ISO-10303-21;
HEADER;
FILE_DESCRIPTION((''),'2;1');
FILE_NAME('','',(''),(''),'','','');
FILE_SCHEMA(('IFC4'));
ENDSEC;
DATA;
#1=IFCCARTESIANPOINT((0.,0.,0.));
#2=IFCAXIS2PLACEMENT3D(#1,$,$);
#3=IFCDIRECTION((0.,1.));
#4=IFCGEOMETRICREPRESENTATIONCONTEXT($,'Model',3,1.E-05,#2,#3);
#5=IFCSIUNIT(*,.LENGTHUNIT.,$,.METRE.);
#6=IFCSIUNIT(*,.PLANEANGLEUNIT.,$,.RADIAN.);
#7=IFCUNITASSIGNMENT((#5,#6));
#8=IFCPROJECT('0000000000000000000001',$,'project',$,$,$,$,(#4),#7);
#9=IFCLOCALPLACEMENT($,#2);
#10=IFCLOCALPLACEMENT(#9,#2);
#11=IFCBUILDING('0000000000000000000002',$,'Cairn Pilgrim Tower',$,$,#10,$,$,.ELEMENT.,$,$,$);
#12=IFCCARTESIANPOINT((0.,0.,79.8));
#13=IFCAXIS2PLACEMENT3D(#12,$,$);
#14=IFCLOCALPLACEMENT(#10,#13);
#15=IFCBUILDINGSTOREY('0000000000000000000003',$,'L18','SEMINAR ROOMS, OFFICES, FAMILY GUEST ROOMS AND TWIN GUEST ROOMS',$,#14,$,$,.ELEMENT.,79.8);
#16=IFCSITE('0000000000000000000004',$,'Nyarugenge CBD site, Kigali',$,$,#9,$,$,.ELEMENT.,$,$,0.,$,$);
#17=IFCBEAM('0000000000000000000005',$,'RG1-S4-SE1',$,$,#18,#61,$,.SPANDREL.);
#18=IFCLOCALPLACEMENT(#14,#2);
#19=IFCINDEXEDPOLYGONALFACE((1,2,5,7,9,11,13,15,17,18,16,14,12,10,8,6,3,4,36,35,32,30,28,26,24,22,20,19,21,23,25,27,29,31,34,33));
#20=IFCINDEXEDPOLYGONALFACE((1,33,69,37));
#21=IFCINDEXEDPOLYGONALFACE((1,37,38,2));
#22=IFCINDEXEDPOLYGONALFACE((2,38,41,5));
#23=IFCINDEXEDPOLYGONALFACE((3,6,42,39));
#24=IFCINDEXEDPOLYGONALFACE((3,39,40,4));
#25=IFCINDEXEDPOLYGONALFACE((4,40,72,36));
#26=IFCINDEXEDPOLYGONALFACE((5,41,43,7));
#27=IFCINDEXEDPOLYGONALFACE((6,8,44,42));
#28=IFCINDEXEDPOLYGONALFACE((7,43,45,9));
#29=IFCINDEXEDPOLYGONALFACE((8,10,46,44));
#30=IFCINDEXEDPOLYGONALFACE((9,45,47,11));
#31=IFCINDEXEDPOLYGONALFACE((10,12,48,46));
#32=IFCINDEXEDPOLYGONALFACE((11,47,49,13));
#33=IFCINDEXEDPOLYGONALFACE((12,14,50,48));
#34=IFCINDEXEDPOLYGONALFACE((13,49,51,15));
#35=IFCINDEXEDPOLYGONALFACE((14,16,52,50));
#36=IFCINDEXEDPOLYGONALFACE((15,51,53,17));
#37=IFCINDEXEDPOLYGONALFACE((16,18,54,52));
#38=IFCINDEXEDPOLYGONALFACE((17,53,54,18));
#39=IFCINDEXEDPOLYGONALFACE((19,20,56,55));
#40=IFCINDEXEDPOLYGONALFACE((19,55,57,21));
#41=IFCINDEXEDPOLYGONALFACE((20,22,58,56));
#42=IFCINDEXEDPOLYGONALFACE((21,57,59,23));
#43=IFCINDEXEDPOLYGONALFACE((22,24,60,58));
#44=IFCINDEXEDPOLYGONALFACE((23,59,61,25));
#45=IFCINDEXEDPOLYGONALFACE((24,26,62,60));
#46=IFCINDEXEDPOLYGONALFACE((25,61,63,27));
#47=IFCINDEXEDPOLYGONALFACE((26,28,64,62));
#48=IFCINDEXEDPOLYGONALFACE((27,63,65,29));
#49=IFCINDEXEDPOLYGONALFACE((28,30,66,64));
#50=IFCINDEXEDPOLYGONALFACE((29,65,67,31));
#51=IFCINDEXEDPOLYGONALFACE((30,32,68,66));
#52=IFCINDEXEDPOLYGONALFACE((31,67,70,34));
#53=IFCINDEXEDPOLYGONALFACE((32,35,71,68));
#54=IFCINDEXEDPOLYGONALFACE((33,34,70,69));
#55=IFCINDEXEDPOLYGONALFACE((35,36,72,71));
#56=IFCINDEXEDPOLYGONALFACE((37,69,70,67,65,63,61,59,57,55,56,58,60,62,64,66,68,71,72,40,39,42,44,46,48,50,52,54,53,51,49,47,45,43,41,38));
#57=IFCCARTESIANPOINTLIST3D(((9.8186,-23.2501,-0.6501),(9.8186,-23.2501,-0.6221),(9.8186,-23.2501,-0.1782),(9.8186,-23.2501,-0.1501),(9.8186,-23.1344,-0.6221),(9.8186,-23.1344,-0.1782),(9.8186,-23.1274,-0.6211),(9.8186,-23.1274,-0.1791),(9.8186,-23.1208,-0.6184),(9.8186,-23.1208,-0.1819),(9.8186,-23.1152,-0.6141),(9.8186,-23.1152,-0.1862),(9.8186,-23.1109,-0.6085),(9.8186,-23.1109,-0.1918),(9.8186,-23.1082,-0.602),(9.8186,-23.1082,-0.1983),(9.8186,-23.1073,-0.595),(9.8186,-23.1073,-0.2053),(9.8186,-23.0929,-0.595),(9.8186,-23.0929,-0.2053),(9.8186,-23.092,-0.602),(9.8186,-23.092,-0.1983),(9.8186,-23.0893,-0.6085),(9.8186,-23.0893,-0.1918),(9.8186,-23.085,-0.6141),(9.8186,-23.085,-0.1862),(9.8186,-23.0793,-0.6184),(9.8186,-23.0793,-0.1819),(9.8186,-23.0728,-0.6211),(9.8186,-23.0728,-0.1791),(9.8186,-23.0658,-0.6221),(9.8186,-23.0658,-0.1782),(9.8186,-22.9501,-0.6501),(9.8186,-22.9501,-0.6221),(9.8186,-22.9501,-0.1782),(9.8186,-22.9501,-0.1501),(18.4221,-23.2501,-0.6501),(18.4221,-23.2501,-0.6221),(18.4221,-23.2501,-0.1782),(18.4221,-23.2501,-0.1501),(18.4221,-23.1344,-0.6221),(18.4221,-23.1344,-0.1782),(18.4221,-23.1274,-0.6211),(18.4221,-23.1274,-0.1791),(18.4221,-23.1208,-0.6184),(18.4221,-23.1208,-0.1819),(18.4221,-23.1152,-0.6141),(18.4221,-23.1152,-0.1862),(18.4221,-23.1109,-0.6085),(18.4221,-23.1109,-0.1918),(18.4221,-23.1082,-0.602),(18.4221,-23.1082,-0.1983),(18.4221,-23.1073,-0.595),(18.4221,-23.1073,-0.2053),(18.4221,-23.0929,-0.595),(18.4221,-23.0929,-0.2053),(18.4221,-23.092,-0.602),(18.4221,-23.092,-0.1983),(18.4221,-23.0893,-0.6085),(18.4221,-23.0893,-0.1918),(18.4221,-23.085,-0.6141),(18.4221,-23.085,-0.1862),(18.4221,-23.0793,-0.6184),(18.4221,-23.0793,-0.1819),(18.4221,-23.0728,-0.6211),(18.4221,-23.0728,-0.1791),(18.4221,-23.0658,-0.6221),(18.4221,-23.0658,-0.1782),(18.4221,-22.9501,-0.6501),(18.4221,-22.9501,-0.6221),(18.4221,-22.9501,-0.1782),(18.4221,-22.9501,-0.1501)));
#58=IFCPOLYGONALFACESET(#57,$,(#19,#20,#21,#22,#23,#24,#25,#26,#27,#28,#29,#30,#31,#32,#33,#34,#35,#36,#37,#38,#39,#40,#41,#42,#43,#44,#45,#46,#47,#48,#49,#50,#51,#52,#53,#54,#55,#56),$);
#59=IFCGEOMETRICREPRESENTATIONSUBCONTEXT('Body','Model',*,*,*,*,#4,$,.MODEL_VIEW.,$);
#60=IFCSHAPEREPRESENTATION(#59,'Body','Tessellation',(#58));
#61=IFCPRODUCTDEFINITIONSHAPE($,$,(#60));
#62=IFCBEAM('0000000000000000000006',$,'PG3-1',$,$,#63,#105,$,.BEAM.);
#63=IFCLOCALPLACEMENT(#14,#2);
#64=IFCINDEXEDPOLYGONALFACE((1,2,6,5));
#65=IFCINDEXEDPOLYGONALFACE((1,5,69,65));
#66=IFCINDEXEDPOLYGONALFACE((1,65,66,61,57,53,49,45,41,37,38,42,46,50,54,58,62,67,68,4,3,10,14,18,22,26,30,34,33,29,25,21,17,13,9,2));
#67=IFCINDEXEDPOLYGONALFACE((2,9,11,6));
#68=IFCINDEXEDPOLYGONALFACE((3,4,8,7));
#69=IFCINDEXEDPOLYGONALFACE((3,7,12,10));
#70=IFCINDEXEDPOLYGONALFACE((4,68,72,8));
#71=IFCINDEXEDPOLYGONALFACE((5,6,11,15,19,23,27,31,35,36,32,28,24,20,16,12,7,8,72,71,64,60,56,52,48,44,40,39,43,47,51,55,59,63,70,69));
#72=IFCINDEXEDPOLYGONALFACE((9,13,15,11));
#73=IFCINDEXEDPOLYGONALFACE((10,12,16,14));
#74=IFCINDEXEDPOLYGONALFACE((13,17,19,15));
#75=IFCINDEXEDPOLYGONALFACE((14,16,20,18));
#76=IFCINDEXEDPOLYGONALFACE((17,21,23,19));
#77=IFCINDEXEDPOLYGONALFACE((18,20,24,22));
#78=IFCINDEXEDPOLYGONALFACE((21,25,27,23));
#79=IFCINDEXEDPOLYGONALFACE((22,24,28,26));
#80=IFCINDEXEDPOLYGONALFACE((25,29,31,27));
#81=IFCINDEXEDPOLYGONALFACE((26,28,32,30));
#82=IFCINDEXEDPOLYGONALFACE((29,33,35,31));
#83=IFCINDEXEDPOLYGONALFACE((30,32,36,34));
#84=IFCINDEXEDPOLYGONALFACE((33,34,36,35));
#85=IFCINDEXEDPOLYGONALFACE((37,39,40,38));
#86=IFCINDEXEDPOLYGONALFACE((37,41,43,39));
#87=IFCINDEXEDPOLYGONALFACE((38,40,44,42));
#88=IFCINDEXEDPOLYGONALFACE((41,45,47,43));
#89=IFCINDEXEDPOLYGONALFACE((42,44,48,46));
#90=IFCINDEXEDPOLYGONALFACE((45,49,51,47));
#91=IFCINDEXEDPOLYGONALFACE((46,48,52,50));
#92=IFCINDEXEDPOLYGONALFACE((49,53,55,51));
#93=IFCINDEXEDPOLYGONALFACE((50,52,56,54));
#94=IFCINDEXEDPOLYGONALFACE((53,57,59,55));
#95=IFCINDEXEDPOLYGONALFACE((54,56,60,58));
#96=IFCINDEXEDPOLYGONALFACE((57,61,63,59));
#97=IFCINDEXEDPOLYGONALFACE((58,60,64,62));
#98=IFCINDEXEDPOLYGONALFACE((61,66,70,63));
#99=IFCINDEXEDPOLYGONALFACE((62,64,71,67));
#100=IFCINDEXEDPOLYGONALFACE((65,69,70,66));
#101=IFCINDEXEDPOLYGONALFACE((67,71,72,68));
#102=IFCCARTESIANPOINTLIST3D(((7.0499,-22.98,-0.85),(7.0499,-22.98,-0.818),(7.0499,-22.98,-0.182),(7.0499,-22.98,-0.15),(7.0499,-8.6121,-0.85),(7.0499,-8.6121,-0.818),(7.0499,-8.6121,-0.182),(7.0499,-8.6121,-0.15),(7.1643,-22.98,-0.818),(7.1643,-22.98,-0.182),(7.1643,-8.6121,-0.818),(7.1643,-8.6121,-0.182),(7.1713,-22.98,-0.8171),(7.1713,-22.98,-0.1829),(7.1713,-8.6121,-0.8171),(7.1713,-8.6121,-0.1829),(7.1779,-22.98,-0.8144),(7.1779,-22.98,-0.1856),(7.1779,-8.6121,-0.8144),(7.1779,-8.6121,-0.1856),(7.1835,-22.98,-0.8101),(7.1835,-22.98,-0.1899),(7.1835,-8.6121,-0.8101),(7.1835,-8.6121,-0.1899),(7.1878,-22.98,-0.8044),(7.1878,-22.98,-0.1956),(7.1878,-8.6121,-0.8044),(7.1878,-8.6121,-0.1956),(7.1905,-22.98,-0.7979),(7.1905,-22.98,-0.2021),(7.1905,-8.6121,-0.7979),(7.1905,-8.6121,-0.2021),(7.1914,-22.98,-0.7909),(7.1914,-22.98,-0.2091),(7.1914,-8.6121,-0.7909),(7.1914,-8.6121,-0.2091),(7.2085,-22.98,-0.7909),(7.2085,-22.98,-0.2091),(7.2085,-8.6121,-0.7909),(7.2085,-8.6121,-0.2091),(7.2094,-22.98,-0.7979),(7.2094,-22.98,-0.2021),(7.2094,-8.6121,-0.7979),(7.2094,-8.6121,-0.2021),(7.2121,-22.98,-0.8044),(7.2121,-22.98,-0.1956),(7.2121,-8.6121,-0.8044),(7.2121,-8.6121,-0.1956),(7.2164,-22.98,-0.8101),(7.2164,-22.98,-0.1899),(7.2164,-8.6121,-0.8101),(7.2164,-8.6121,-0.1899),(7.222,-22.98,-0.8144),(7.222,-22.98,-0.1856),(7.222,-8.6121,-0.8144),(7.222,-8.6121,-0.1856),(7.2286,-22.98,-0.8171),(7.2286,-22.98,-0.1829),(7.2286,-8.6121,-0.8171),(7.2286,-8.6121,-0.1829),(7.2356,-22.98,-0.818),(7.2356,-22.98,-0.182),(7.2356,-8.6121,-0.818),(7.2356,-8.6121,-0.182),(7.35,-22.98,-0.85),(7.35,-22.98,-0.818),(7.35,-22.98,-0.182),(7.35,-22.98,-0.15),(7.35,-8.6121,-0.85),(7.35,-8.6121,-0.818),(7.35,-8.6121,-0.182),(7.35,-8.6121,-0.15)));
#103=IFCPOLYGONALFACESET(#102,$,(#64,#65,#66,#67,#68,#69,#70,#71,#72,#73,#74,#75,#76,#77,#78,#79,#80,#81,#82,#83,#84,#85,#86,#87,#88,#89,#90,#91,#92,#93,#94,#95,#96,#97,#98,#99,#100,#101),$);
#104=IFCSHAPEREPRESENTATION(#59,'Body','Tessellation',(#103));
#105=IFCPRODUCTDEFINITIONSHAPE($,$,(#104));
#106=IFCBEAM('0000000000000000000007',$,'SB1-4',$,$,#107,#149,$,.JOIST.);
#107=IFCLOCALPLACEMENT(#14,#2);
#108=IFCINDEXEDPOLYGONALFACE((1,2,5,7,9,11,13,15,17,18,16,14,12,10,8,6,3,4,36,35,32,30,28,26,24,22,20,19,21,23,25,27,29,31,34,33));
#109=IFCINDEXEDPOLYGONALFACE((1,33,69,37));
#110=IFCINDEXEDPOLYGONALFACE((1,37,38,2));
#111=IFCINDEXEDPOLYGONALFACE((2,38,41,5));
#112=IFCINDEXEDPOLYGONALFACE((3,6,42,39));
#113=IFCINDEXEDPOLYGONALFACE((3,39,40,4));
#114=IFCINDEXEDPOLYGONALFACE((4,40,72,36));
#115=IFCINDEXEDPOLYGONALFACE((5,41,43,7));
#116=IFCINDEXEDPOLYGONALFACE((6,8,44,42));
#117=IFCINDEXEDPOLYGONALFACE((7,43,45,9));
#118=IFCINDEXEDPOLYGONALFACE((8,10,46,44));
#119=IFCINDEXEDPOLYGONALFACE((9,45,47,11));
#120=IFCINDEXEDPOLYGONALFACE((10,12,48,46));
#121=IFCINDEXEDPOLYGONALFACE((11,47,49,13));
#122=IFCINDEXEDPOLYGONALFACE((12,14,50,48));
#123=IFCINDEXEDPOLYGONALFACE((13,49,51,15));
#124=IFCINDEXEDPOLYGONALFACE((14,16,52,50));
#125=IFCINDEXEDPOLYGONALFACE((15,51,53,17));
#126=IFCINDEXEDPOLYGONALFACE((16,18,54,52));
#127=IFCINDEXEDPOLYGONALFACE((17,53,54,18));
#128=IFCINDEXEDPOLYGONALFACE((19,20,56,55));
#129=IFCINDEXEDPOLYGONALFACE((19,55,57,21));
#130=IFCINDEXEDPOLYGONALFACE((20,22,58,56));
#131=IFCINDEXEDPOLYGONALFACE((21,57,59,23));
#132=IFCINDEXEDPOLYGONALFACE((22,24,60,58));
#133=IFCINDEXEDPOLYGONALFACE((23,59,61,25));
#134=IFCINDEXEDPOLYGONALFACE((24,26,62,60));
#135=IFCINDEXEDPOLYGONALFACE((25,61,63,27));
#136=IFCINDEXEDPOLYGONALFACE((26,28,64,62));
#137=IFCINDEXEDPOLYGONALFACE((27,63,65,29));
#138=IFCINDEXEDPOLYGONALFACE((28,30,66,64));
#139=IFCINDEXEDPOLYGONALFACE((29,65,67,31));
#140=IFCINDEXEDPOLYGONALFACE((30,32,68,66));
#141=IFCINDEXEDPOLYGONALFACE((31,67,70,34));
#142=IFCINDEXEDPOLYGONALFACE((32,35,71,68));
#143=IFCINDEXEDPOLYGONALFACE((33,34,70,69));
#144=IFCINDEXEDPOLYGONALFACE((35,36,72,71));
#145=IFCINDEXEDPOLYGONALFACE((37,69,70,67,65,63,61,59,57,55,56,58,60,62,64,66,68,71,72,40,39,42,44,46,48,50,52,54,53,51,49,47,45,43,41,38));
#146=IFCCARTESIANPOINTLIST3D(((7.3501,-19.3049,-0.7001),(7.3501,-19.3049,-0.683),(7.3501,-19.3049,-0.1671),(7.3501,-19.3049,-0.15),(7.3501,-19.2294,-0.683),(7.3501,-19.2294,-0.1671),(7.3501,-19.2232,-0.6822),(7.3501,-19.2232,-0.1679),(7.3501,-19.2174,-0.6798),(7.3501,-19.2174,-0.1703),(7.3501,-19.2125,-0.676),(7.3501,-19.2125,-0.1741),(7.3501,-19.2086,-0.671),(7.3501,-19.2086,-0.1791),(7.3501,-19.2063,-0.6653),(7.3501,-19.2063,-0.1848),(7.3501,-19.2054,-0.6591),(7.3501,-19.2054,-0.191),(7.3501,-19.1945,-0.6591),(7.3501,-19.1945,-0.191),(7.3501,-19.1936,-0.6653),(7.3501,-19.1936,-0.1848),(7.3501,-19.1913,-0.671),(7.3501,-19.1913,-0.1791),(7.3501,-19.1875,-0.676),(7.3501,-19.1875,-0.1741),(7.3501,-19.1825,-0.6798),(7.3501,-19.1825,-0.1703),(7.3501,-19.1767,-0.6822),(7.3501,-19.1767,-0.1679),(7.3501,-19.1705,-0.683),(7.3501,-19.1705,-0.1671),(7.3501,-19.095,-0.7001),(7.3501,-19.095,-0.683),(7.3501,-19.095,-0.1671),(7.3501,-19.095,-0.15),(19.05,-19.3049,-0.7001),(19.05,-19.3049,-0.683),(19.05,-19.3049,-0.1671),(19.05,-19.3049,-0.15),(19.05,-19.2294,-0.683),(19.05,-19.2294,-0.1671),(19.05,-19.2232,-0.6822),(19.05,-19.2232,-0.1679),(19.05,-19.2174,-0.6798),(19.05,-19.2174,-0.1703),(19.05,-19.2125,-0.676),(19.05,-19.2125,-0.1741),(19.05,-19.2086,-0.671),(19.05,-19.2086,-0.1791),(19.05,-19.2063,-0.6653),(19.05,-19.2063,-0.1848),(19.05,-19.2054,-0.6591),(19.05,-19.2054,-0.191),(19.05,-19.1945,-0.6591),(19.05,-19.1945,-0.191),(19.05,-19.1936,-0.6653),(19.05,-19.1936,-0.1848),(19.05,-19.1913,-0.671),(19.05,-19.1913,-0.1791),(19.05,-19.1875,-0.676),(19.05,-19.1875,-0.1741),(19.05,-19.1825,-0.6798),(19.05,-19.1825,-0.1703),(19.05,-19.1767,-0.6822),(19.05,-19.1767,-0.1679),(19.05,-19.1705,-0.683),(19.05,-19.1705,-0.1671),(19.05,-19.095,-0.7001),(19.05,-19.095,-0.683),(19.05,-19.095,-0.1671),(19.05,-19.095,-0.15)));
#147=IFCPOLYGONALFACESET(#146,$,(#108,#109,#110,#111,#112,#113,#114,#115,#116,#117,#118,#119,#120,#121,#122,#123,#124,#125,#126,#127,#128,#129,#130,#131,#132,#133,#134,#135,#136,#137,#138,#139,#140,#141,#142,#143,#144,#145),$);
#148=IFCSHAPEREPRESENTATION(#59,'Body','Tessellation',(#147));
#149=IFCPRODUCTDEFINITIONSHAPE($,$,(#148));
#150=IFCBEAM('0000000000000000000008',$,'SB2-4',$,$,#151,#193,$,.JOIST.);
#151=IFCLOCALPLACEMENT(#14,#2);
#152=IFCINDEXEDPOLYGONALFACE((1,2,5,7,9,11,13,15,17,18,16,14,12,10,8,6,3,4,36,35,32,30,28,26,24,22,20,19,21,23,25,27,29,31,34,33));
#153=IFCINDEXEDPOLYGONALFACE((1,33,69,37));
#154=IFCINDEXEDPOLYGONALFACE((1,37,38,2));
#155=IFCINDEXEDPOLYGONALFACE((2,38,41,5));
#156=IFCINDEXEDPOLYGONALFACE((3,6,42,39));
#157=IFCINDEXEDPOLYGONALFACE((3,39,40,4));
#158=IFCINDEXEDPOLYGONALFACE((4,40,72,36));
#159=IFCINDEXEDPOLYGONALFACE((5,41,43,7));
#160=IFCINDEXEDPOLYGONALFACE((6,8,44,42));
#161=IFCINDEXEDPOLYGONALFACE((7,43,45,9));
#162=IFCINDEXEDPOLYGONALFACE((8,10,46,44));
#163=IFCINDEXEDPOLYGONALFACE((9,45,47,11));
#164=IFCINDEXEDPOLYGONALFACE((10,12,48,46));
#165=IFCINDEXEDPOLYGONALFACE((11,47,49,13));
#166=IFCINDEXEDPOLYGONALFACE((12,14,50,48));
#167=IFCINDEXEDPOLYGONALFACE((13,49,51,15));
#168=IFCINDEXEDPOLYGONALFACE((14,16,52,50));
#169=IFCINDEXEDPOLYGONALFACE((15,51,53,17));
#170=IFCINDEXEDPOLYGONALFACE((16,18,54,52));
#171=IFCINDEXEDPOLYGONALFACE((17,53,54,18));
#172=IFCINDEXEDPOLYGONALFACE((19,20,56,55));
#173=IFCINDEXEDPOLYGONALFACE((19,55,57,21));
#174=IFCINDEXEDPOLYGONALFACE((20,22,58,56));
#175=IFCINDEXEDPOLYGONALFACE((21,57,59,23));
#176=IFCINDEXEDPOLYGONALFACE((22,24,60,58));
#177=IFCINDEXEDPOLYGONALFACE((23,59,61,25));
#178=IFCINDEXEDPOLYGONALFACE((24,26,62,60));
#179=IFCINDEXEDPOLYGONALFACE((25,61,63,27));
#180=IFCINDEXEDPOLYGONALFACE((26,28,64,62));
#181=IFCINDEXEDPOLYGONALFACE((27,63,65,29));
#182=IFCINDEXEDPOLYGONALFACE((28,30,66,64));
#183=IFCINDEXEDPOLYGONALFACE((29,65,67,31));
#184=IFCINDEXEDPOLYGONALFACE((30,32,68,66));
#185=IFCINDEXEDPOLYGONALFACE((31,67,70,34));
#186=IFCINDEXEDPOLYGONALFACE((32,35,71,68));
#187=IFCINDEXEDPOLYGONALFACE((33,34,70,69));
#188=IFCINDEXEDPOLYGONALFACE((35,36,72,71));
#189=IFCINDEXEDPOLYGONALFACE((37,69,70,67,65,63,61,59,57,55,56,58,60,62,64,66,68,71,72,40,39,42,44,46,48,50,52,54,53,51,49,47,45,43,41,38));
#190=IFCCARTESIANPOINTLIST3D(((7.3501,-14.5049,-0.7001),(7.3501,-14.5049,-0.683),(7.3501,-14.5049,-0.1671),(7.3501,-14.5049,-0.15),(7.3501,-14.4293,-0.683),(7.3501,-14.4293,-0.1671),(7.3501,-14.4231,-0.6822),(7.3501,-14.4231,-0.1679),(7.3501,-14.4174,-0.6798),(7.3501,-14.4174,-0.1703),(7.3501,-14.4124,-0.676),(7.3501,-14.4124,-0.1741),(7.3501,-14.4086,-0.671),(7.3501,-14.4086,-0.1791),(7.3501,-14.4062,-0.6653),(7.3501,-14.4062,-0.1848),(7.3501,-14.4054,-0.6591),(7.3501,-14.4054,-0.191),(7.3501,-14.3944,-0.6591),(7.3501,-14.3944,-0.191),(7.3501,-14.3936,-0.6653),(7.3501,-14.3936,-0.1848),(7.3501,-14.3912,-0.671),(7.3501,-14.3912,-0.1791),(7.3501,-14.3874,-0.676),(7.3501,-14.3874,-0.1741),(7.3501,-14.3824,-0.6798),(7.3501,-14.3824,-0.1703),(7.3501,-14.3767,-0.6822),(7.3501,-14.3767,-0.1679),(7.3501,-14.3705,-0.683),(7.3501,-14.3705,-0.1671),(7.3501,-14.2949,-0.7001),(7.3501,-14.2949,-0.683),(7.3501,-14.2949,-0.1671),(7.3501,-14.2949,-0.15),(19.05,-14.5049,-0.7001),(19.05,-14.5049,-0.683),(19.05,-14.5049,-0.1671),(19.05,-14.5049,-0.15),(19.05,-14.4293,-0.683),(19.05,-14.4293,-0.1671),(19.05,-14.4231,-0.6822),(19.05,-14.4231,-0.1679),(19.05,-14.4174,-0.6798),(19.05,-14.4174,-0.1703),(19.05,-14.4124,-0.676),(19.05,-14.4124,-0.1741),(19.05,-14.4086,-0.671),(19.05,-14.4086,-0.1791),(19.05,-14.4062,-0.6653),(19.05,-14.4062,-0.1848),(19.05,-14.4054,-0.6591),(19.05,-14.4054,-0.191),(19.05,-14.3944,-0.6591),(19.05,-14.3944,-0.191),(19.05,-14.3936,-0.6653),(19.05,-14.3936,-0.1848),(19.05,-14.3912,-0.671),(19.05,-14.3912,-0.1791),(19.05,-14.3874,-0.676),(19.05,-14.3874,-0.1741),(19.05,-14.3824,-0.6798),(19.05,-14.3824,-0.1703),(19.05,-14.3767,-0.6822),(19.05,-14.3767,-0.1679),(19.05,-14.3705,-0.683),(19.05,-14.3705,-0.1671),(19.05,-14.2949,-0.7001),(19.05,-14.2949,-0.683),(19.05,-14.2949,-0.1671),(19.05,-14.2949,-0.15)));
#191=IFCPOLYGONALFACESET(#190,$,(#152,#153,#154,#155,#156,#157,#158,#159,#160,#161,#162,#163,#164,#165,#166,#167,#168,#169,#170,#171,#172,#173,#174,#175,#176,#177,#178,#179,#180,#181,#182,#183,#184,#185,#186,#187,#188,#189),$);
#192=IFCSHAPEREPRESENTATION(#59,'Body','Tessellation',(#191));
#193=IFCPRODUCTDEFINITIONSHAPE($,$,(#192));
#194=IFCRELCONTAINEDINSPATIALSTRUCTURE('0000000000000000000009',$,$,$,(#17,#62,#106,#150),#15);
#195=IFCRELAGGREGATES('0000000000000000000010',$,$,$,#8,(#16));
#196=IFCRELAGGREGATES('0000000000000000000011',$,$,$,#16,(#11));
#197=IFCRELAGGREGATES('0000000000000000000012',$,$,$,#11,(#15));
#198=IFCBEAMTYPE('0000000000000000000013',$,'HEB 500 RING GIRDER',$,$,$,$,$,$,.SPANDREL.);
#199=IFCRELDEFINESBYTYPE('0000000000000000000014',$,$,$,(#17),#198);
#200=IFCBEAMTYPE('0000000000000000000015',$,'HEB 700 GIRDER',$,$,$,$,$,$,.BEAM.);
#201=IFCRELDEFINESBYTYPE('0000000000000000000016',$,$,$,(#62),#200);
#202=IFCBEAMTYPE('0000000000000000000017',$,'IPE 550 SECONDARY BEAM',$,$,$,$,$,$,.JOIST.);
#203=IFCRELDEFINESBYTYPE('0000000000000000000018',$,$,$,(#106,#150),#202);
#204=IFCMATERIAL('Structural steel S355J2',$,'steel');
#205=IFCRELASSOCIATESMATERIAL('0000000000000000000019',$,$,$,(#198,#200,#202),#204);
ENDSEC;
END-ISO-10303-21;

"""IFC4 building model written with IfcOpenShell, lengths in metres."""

from ifc_helpers import new_model, si_unit, direction, frame, origin, origin_2d, place, context, subcontext, project, spatial, i_section, extrude, material, material_profile, profile_set, type_object, element, save


model = new_model("IFC4")

# Units and contexts
model_context = context("Model", 3, precision=1e-05, world=origin(), true_north=direction((0.0, 1.0)))
body_context = subcontext(model_context, "Body", "Model", "MODEL_VIEW")
ifc_project = project(units=[si_unit("LENGTHUNIT", "METRE"), si_unit("PLANEANGLEUNIT", "RADIAN")], contexts=[model_context])

# Site, building, storey
site_placement = place(None, origin())
site = spatial("IfcSite", under=ifc_project, at=site_placement, Name="Nyarugenge CBD site, Kigali", CompositionType="ELEMENT", RefElevation=0.0)
building_placement = place(site_placement, origin())
building = spatial("IfcBuilding", under=site, at=building_placement, Name="Cairn Pilgrim Tower", CompositionType="ELEMENT")
storey_placement = place(building_placement, frame((0.0, 0.0, 79.8)))
storey = spatial("IfcBuildingStorey", under=building, at=storey_placement, Name="L18", Description="SEMINAR ROOMS, OFFICES, FAMILY GUEST ROOMS AND TWIN GUEST ROOMS", CompositionType="ELEMENT", Elevation=79.8)

# Beams
ifc_material_1 = material(Name="Structural steel S355J2", Category="steel")
ifc_material_profile_1 = material_profile(ifc_material_1, i_section(OverallWidth=0.3, OverallDepth=0.5, WebThickness=0.0144, FlangeThickness=0.0281, FilletRadius=0.0271, at=origin_2d()), Name="HEB 500")
ifc_profile_set_1 = profile_set([ifc_material_profile_1], Name="Structural steel S355J2")
beam_type_1 = type_object("IfcBeamType", Name="HEB 500 RING GIRDER", PredefinedType="SPANDREL", material=ifc_profile_set_1)
for number, where, z_axis, x_axis, name in (
    (1, (9.8186, -23.1001, -0.4001), (1.0, 0.0, 0.0), (0.0, 1.0, 0.0), "RG1-S4-SE1"),
):
    element("IfcBeam", number, at=place(storey_placement, frame(where, z_axis=z_axis, x_axis=x_axis)), inside=storey, type_object=beam_type_1, Name=name, PredefinedType="SPANDREL", context=body_context, shape_type="SweptSolid", body=[
        extrude(i_section(OverallWidth=0.3, OverallDepth=0.5, WebThickness=0.0144, FlangeThickness=0.0281, FilletRadius=0.0271, at=origin_2d()), origin(), (0.0, 0.0, 1.0), 8.6035),
    ])
ifc_material_profile_2 = material_profile(ifc_material_1, i_section(OverallWidth=0.3, OverallDepth=0.7, WebThickness=0.0171, FlangeThickness=0.032, FilletRadius=0.0271, at=origin_2d()), Name="HEB 700")
ifc_profile_set_2 = profile_set([ifc_material_profile_2], Name="Structural steel S355J2")
beam_type_2 = type_object("IfcBeamType", Name="HEB 700 GIRDER", PredefinedType="BEAM", material=ifc_profile_set_2)
beam_placement = place(storey_placement, frame((7.2, -22.98, -0.5), z_axis=(0.0, 1.0, 0.0), x_axis=(-1.0, 0.0, 0.0)))
element("IfcBeam", 2, at=beam_placement, inside=storey, type_object=beam_type_2, Name="PG3-1", PredefinedType="BEAM", context=body_context, shape_type="SweptSolid", body=[
    extrude(i_section(OverallWidth=0.3, OverallDepth=0.7, WebThickness=0.0171, FlangeThickness=0.032, FilletRadius=0.0271, at=origin_2d()), origin(), (0.0, 0.0, 1.0), 14.3679),
])
ifc_material_profile_3 = material_profile(ifc_material_1, i_section(OverallWidth=0.21, OverallDepth=0.55, WebThickness=0.011, FlangeThickness=0.0171, FilletRadius=0.0239, at=origin_2d()), Name="IPE 550")
ifc_profile_set_3 = profile_set([ifc_material_profile_3], Name="Structural steel S355J2")
beam_type_3 = type_object("IfcBeamType", Name="IPE 550 SECONDARY BEAM", PredefinedType="JOIST", material=ifc_profile_set_3)
for number, where, z_axis, x_axis, name in (
    (3, (7.3501, -19.2, -0.425), (1.0, 0.0, 0.0), (0.0, 1.0, 0.0), "SB1-4"),
    (4, (7.3501, -14.3999, -0.425), (1.0, 0.0, 0.0), (0.0, 1.0, 0.0), "SB2-4"),
):
    element("IfcBeam", number, at=place(storey_placement, frame(where, z_axis=z_axis, x_axis=x_axis)), inside=storey, type_object=beam_type_3, Name=name, PredefinedType="JOIST", context=body_context, shape_type="SweptSolid", body=[
        extrude(i_section(OverallWidth=0.21, OverallDepth=0.55, WebThickness=0.011, FlangeThickness=0.0171, FilletRadius=0.0239, at=origin_2d()), origin(), (0.0, 0.0, 1.0), 11.7),
    ])

save(model, "model.ifc")
